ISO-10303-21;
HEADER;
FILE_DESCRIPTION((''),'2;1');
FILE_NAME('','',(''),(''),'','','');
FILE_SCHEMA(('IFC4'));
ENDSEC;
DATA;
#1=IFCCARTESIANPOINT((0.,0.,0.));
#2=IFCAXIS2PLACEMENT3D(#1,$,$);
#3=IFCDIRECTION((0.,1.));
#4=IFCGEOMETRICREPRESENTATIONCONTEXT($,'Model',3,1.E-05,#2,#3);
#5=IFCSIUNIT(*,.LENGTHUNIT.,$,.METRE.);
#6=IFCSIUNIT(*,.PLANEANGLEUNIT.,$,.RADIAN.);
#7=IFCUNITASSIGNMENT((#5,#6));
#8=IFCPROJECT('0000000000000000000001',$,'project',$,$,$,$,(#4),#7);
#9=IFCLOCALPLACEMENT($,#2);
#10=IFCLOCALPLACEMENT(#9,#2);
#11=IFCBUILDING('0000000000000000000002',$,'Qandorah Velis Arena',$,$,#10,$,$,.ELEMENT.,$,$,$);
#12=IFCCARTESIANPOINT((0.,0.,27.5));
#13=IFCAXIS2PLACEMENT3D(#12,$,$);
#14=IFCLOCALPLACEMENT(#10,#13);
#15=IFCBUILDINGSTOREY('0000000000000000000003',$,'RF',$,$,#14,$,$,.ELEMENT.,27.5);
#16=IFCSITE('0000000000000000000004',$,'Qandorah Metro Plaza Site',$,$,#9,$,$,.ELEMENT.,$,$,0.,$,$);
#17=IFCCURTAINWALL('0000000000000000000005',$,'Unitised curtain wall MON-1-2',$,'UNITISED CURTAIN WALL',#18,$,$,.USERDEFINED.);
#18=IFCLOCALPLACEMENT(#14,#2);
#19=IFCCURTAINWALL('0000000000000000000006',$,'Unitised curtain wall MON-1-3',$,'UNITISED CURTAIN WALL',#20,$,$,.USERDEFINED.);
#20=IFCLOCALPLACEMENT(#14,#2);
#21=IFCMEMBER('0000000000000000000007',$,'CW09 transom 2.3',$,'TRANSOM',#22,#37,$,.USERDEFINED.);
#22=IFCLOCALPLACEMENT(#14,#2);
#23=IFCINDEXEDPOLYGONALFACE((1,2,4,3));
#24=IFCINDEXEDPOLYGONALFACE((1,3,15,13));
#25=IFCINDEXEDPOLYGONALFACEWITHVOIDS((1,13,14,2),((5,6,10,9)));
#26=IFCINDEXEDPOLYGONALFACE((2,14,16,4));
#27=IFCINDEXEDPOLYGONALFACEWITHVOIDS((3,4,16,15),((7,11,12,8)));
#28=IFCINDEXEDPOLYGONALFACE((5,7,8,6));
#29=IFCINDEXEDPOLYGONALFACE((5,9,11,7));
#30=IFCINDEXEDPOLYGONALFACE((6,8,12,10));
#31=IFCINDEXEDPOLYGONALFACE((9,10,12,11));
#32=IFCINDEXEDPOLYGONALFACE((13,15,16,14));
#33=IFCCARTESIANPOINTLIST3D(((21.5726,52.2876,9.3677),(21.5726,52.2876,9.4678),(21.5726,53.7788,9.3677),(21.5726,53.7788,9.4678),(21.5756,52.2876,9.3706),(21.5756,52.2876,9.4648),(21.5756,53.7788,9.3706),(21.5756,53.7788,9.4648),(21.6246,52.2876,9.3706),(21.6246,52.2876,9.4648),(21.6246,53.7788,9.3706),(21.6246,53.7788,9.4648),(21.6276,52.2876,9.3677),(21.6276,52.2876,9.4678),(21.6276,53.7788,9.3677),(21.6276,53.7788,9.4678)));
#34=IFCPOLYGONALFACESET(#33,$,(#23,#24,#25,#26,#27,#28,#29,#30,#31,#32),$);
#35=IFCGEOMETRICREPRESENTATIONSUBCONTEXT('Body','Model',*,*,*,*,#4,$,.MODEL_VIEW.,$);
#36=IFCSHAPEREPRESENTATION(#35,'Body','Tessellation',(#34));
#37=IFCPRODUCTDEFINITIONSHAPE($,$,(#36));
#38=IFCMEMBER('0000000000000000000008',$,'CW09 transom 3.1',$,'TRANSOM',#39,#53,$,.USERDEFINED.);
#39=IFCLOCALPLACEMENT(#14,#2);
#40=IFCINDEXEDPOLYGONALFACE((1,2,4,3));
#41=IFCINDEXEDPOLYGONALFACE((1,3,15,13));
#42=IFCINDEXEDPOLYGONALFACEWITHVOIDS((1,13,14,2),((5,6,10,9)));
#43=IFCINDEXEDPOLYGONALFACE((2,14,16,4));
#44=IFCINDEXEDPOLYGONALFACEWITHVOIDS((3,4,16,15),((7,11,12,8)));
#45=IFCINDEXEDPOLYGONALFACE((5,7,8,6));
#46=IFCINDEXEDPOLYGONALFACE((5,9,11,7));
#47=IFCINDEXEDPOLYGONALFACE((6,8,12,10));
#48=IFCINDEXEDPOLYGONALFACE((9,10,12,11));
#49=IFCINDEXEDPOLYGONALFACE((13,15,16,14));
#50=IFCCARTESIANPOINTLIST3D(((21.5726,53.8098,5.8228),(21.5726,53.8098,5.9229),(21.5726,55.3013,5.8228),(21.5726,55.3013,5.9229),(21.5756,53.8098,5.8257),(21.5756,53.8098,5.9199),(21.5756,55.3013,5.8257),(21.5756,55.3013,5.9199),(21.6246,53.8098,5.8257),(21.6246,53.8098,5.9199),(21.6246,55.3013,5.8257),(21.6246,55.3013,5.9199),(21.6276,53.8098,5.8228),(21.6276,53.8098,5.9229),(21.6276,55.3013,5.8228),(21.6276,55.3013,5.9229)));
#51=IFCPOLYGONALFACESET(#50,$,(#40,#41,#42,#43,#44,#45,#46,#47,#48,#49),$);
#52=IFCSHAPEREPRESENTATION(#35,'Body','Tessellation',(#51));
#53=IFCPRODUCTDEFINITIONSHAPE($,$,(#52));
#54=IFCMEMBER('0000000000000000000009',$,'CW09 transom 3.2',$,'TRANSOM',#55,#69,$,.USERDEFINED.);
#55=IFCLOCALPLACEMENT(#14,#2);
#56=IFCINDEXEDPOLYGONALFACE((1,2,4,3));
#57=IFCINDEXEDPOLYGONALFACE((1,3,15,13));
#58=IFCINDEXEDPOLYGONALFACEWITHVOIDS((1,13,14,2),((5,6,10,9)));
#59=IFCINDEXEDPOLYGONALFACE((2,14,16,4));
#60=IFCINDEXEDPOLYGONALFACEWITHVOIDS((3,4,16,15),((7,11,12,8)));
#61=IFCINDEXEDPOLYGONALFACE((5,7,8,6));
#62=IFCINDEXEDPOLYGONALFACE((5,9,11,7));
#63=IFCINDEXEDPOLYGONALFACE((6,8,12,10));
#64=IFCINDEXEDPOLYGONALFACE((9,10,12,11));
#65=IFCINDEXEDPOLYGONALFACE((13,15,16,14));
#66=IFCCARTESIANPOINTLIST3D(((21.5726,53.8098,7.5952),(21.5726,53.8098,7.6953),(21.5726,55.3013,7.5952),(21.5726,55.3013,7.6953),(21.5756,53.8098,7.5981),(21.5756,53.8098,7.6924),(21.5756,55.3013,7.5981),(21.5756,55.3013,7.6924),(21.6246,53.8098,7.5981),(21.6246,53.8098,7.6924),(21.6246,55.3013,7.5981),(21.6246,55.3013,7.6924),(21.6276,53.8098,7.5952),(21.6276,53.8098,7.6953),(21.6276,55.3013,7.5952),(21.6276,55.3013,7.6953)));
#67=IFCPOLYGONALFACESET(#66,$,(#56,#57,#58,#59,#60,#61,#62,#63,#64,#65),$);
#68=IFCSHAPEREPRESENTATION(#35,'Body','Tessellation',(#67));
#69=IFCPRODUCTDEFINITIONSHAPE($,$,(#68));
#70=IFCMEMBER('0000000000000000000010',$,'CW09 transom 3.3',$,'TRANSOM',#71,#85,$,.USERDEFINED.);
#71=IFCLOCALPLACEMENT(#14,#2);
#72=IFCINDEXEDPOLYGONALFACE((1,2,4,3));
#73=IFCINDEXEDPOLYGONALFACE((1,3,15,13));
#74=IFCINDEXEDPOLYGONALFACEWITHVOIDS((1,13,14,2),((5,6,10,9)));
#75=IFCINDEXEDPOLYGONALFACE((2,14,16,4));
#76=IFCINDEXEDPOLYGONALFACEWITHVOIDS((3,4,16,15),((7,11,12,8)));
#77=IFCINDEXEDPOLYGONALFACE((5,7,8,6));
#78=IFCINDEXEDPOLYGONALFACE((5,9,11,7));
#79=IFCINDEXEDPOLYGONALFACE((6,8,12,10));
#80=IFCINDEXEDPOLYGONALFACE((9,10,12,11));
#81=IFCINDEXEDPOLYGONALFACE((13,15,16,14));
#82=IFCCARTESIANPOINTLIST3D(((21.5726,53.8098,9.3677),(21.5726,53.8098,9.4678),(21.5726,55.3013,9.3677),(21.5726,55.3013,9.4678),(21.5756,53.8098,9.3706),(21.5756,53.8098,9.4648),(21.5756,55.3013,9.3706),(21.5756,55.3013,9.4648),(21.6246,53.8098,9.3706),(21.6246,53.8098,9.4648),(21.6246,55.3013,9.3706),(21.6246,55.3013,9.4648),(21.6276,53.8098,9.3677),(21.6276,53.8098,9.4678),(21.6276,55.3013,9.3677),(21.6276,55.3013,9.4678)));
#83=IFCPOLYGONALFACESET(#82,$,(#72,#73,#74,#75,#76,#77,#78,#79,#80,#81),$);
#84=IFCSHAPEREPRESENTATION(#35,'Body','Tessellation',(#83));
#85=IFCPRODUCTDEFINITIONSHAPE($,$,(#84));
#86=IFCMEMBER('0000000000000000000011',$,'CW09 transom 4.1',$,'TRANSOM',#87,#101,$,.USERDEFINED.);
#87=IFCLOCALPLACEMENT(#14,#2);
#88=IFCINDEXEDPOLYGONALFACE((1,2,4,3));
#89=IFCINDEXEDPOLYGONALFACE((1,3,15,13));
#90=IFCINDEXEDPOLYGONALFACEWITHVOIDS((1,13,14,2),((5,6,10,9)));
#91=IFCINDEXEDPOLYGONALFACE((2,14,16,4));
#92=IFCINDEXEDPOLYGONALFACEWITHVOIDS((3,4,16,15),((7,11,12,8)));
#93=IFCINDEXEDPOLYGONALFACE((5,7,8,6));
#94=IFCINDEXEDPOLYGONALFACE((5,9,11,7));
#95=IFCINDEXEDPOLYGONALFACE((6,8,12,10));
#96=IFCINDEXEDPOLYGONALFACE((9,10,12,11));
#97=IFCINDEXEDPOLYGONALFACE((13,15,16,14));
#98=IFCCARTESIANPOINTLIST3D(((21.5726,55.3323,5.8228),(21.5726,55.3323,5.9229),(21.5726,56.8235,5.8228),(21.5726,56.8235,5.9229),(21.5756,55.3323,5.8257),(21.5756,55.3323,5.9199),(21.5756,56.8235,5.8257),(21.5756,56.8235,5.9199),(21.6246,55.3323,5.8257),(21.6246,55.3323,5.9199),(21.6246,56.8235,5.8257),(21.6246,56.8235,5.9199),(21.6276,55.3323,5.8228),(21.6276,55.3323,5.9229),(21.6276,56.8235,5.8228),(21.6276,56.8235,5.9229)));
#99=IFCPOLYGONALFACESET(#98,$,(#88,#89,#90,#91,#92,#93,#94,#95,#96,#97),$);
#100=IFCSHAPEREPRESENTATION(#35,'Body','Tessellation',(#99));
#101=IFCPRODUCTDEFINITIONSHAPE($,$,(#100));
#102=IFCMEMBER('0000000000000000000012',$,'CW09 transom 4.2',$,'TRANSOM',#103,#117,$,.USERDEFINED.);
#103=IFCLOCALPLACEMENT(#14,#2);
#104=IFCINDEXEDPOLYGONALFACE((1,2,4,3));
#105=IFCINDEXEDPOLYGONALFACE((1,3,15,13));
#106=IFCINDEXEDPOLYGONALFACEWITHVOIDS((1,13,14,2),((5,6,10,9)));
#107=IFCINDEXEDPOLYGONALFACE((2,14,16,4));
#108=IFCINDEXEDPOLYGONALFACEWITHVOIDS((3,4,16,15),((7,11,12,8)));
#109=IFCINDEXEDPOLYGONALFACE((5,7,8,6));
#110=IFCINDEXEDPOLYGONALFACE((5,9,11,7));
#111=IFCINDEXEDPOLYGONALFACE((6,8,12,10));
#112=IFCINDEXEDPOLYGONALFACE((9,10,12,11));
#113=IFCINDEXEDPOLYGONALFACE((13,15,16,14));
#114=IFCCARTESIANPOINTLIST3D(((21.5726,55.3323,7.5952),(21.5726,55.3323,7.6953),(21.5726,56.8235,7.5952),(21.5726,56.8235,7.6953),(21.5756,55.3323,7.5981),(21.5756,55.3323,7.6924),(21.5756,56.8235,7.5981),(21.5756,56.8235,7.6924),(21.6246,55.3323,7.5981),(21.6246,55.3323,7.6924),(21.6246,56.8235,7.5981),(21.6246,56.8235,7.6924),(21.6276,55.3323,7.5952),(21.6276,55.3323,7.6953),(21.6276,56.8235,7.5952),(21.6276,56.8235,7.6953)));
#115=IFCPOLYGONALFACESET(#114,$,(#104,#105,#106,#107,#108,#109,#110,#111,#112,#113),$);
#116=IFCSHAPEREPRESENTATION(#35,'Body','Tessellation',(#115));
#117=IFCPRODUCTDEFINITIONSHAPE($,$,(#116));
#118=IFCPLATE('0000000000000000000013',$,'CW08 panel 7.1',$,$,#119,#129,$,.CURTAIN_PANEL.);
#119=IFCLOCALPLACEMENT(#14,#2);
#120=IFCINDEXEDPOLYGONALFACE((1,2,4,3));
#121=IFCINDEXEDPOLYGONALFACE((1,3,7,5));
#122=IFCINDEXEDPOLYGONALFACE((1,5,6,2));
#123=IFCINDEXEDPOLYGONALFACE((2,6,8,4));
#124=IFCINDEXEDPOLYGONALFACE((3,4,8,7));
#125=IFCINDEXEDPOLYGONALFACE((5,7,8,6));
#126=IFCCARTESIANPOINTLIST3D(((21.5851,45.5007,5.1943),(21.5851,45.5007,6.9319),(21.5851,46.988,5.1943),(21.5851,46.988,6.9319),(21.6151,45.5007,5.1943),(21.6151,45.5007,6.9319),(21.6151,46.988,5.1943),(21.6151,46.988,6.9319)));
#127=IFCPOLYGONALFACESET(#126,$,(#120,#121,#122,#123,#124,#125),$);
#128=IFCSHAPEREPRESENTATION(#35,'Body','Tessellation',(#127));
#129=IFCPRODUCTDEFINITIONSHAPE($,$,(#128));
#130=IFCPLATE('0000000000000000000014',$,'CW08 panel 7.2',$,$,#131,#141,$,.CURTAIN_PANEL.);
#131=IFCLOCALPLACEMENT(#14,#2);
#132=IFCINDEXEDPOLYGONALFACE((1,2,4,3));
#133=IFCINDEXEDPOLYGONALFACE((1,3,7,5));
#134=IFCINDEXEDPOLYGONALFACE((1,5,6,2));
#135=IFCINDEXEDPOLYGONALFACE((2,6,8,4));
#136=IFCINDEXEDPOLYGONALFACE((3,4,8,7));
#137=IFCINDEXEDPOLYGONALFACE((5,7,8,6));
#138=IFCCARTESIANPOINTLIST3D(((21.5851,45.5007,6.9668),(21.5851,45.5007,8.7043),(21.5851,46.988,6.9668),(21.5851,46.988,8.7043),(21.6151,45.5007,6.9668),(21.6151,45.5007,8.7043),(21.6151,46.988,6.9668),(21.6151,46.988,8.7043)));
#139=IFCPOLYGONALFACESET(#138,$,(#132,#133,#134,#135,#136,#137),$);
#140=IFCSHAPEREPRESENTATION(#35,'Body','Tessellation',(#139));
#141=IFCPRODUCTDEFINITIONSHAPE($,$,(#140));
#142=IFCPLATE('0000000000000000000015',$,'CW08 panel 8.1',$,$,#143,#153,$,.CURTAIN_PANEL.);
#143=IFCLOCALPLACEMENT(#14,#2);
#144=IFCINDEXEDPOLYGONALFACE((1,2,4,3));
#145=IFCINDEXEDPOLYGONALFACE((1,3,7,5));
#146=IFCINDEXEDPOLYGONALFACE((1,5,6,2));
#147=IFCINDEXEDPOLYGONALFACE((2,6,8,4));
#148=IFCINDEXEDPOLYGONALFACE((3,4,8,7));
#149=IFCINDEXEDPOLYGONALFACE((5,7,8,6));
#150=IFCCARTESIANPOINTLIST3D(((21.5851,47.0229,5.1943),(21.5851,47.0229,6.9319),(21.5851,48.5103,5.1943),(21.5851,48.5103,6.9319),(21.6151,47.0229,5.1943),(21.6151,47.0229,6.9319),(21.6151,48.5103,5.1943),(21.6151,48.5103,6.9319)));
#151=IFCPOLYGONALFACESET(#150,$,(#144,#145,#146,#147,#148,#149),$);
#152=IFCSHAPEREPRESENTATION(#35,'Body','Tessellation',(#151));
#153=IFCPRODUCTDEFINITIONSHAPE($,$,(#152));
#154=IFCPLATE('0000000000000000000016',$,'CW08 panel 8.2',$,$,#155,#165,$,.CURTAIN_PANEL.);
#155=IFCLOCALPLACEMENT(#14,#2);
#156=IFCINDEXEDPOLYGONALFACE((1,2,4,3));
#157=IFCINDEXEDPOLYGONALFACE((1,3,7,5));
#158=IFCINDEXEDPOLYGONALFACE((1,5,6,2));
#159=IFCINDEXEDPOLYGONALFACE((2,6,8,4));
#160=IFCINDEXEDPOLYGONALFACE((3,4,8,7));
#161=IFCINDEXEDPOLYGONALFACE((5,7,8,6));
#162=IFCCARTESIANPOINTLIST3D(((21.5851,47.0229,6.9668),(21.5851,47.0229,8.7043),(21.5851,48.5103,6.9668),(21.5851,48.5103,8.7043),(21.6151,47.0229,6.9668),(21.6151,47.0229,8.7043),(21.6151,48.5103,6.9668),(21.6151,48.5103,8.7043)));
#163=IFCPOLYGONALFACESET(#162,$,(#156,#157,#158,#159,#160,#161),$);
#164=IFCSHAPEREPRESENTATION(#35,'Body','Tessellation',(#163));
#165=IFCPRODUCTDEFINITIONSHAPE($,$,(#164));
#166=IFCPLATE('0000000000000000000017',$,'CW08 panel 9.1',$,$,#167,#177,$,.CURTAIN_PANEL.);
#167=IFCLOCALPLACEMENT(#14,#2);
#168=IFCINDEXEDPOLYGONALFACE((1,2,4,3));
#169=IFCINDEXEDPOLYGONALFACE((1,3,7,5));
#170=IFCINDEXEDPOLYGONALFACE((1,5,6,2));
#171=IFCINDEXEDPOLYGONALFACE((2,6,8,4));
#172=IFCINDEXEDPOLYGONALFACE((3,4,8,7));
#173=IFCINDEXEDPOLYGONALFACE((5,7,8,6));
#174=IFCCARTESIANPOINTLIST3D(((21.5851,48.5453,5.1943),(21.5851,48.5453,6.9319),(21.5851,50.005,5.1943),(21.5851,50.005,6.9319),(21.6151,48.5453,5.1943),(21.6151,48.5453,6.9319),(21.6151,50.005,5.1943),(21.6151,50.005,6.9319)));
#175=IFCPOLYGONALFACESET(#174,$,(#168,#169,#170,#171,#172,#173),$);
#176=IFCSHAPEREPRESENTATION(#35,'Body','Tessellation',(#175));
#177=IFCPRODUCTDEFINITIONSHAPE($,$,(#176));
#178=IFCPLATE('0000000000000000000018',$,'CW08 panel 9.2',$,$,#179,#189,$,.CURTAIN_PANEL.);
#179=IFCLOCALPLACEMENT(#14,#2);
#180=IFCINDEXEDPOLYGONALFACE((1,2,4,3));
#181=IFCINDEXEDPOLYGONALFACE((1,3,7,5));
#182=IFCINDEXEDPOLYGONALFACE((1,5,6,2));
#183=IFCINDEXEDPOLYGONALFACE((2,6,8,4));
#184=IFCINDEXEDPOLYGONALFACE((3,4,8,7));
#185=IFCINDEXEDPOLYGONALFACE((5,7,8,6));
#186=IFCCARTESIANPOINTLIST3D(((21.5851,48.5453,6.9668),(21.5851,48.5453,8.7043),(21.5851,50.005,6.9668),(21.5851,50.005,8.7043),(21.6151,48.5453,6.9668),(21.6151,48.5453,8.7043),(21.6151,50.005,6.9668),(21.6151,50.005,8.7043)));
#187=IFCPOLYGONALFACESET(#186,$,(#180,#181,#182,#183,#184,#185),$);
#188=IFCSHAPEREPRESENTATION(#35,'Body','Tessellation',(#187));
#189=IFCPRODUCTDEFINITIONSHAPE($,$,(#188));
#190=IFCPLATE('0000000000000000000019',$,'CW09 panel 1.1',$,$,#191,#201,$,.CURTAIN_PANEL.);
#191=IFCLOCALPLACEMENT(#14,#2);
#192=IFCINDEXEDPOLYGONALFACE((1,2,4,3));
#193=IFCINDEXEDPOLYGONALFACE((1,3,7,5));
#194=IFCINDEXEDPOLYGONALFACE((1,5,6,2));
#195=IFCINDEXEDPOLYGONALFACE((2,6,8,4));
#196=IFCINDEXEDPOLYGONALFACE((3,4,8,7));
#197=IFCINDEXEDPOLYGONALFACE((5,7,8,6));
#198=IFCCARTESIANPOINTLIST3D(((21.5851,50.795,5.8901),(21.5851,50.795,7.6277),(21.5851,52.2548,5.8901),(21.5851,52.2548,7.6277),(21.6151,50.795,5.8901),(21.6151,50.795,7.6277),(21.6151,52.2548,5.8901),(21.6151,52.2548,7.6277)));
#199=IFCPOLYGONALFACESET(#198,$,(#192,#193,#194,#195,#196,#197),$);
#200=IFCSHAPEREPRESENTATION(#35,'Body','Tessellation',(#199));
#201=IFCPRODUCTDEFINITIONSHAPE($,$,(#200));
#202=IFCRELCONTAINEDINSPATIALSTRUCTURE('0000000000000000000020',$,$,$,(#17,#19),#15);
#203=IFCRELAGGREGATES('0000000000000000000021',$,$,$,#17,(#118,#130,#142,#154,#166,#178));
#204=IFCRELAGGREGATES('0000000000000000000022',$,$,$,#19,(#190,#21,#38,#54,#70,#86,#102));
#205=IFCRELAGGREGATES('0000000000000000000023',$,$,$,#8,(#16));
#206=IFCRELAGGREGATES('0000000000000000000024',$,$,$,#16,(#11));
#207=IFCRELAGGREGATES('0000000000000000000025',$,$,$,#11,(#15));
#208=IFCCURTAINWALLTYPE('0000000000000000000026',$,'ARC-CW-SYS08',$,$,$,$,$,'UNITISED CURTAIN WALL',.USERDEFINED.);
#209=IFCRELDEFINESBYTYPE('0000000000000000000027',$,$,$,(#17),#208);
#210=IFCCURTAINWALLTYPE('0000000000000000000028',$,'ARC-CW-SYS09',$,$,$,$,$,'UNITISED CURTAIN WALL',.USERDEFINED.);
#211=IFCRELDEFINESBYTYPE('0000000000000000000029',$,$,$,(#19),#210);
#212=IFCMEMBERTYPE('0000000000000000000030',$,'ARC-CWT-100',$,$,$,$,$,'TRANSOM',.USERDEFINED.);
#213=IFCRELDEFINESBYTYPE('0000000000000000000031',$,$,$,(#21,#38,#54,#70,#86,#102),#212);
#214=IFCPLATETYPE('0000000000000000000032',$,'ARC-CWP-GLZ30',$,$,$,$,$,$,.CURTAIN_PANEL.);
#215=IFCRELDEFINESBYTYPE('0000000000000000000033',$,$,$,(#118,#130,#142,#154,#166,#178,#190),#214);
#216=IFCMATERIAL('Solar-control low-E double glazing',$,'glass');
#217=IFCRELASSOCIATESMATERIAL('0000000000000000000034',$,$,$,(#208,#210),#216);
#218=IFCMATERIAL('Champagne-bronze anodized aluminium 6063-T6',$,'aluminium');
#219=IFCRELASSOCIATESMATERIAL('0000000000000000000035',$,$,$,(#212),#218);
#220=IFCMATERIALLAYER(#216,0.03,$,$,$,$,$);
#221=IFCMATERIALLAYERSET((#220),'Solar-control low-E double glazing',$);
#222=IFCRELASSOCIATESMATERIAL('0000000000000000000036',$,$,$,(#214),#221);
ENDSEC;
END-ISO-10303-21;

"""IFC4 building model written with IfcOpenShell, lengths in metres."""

from ifc_helpers import new_model, si_unit, direction, frame, origin, origin_2d, place, context, subcontext, project, spatial, rectangle, hollow_rectangle, extrude, material, layer, layer_set, material_profile, profile_set, type_object, element, aggregate, save


model = new_model("IFC4")

# Units and contexts
model_context = context("Model", 3, precision=1e-05, world=origin(), true_north=direction((0.0, 1.0)))
body_context = subcontext(model_context, "Body", "Model", "MODEL_VIEW")
ifc_project = project(units=[si_unit("LENGTHUNIT", "METRE"), si_unit("PLANEANGLEUNIT", "RADIAN")], contexts=[model_context])

# Site, building, storey
site_placement = place(None, origin())
site = spatial("IfcSite", under=ifc_project, at=site_placement, Name="Qandorah Metro Plaza Site", CompositionType="ELEMENT", RefElevation=0.0)
building_placement = place(site_placement, origin())
building = spatial("IfcBuilding", under=site, at=building_placement, Name="Qandorah Velis Arena", CompositionType="ELEMENT")
storey_placement = place(building_placement, frame((0.0, 0.0, 27.5)))
storey = spatial("IfcBuildingStorey", under=building, at=storey_placement, Name="RF", CompositionType="ELEMENT", Elevation=27.5)

# Curtain walls
ifc_material_1 = material(Name="Solar-control low-E double glazing", Category="glass")
curtain_wall_type_1 = type_object("IfcCurtainWallType", Name="ARC-CW-SYS08", ElementType="UNITISED CURTAIN WALL", PredefinedType="USERDEFINED", material=ifc_material_1)
curtain_wall_1_placement = place(storey_placement, origin())
curtain_wall_1 = element("IfcCurtainWall", 1, at=curtain_wall_1_placement, inside=storey, type_object=curtain_wall_type_1, Name="Unitised curtain wall MON-1-2", ObjectType="UNITISED CURTAIN WALL", PredefinedType="USERDEFINED")
ifc_material_2 = material(Name="Champagne-bronze anodized aluminium 6063-T6", Category="aluminium")
curtain_wall_type_2 = type_object("IfcCurtainWallType", Name="ARC-CW-SYS09", ElementType="UNITISED CURTAIN WALL", PredefinedType="USERDEFINED", material=ifc_material_1)
curtain_wall_2_placement = place(storey_placement, origin())
curtain_wall_2 = element("IfcCurtainWall", 2, at=curtain_wall_2_placement, inside=storey, type_object=curtain_wall_type_2, Name="Unitised curtain wall MON-1-3", ObjectType="UNITISED CURTAIN WALL", PredefinedType="USERDEFINED")

# Members
ifc_material_profile_1 = material_profile(ifc_material_2, hollow_rectangle(XDim=0.0549, YDim=0.1001, WallThickness=0.0029, at=origin_2d()), Name="ALU TRANSOM 55x100")
ifc_profile_set_1 = profile_set([ifc_material_profile_1], Name="Champagne-bronze anodized aluminium 6063-T6")
member_type_1 = type_object("IfcMemberType", Name="ARC-CWT-100", ElementType="TRANSOM", PredefinedType="USERDEFINED", material=ifc_profile_set_1)
member_1_placement = place(storey_placement, frame((21.6001, 52.2876, 9.4177), z_axis=(0.0, 1.0, 0.0), x_axis=(-1.0, 0.0, 0.0)))
member_1 = element("IfcMember", 3, at=member_1_placement, type_object=member_type_1, Name="CW09 transom 2.3", ObjectType="TRANSOM", PredefinedType="USERDEFINED", context=body_context, shape_type="SweptSolid", body=[
    extrude(hollow_rectangle(XDim=0.0549, YDim=0.1001, WallThickness=0.0029, at=origin_2d()), origin(), (0.0, 0.0, 1.0), 1.4912),
])
member_2_placement = place(storey_placement, frame((21.6001, 53.8098, 5.8728), z_axis=(0.0, 1.0, 0.0), x_axis=(-1.0, 0.0, 0.0)))
member_2 = element("IfcMember", 4, at=member_2_placement, type_object=member_type_1, Name="CW09 transom 3.1", ObjectType="TRANSOM", PredefinedType="USERDEFINED", context=body_context, shape_type="SweptSolid", body=[
    extrude(hollow_rectangle(XDim=0.0549, YDim=0.1001, WallThickness=0.0029, at=origin_2d()), origin(), (0.0, 0.0, 1.0), 1.4915),
])
member_3_placement = place(storey_placement, frame((21.6001, 53.8098, 7.6453), z_axis=(0.0, 1.0, 0.0), x_axis=(-1.0, 0.0, 0.0)))
member_3 = element("IfcMember", 5, at=member_3_placement, type_object=member_type_1, Name="CW09 transom 3.2", ObjectType="TRANSOM", PredefinedType="USERDEFINED", context=body_context, shape_type="SweptSolid", body=[
    extrude(hollow_rectangle(XDim=0.0549, YDim=0.1001, WallThickness=0.0029, at=origin_2d()), origin(), (0.0, 0.0, 1.0), 1.4915),
])
member_4_placement = place(storey_placement, frame((21.6001, 53.8098, 9.4177), z_axis=(0.0, 1.0, 0.0), x_axis=(-1.0, 0.0, 0.0)))
member_4 = element("IfcMember", 6, at=member_4_placement, type_object=member_type_1, Name="CW09 transom 3.3", ObjectType="TRANSOM", PredefinedType="USERDEFINED", context=body_context, shape_type="SweptSolid", body=[
    extrude(hollow_rectangle(XDim=0.0549, YDim=0.1001, WallThickness=0.0029, at=origin_2d()), origin(), (0.0, 0.0, 1.0), 1.4915),
])
member_5_placement = place(storey_placement, frame((21.6001, 55.3323, 5.8728), z_axis=(0.0, 1.0, 0.0), x_axis=(-1.0, 0.0, 0.0)))
member_5 = element("IfcMember", 7, at=member_5_placement, type_object=member_type_1, Name="CW09 transom 4.1", ObjectType="TRANSOM", PredefinedType="USERDEFINED", context=body_context, shape_type="SweptSolid", body=[
    extrude(hollow_rectangle(XDim=0.0549, YDim=0.1001, WallThickness=0.0029, at=origin_2d()), origin(), (0.0, 0.0, 1.0), 1.4912),
])
member_6_placement = place(storey_placement, frame((21.6001, 55.3323, 7.6453), z_axis=(0.0, 1.0, 0.0), x_axis=(-1.0, 0.0, 0.0)))
member_6 = element("IfcMember", 8, at=member_6_placement, type_object=member_type_1, Name="CW09 transom 4.2", ObjectType="TRANSOM", PredefinedType="USERDEFINED", context=body_context, shape_type="SweptSolid", body=[
    extrude(hollow_rectangle(XDim=0.0549, YDim=0.1001, WallThickness=0.0029, at=origin_2d()), origin(), (0.0, 0.0, 1.0), 1.4912),
])

# Plates
ifc_layer = layer(ifc_material_1, 0.03)
ifc_layer_set = layer_set([ifc_layer], Name="Solar-control low-E double glazing")
plate_type = type_object("IfcPlateType", Name="ARC-CWP-GLZ30", PredefinedType="CURTAIN_PANEL", material=ifc_layer_set)
plate_1_placement = place(storey_placement, frame((21.6001, 46.2444, 5.1943), z_axis=(0.0, 0.0, 1.0), x_axis=(0.0, 1.0, 0.0)))
plate_1 = element("IfcPlate", 9, at=plate_1_placement, type_object=plate_type, Name="CW08 panel 7.1", PredefinedType="CURTAIN_PANEL", context=body_context, shape_type="SweptSolid", body=[
    extrude(rectangle(XDim=1.4873, YDim=0.03, at=origin_2d()), origin(), (0.0, 0.0, 1.0), 1.7375),
])
plate_2_placement = place(storey_placement, frame((21.6001, 46.2444, 6.9668), z_axis=(0.0, 0.0, 1.0), x_axis=(0.0, 1.0, 0.0)))
plate_2 = element("IfcPlate", 10, at=plate_2_placement, type_object=plate_type, Name="CW08 panel 7.2", PredefinedType="CURTAIN_PANEL", context=body_context, shape_type="SweptSolid", body=[
    extrude(rectangle(XDim=1.4873, YDim=0.03, at=origin_2d()), origin(), (0.0, 0.0, 1.0), 1.7375),
])
plate_3_placement = place(storey_placement, frame((21.6001, 47.7666, 5.1943), z_axis=(0.0, 0.0, 1.0), x_axis=(0.0, 1.0, 0.0)))
plate_3 = element("IfcPlate", 11, at=plate_3_placement, type_object=plate_type, Name="CW08 panel 8.1", PredefinedType="CURTAIN_PANEL", context=body_context, shape_type="SweptSolid", body=[
    extrude(rectangle(XDim=1.4873, YDim=0.03, at=origin_2d()), origin(), (0.0, 0.0, 1.0), 1.7375),
])
plate_4_placement = place(storey_placement, frame((21.6001, 47.7666, 6.9668), z_axis=(0.0, 0.0, 1.0), x_axis=(0.0, 1.0, 0.0)))
plate_4 = element("IfcPlate", 12, at=plate_4_placement, type_object=plate_type, Name="CW08 panel 8.2", PredefinedType="CURTAIN_PANEL", context=body_context, shape_type="SweptSolid", body=[
    extrude(rectangle(XDim=1.4873, YDim=0.03, at=origin_2d()), origin(), (0.0, 0.0, 1.0), 1.7375),
])
plate_5_placement = place(storey_placement, frame((21.6001, 49.2751, 5.1943), z_axis=(0.0, 0.0, 1.0), x_axis=(0.0, 1.0, 0.0)))
plate_5 = element("IfcPlate", 13, at=plate_5_placement, type_object=plate_type, Name="CW08 panel 9.1", PredefinedType="CURTAIN_PANEL", context=body_context, shape_type="SweptSolid", body=[
    extrude(rectangle(XDim=1.4597, YDim=0.03, at=origin_2d()), origin(), (0.0, 0.0, 1.0), 1.7375),
])
plate_6_placement = place(storey_placement, frame((21.6001, 49.2751, 6.9668), z_axis=(0.0, 0.0, 1.0), x_axis=(0.0, 1.0, 0.0)))
plate_6 = element("IfcPlate", 14, at=plate_6_placement, type_object=plate_type, Name="CW08 panel 9.2", PredefinedType="CURTAIN_PANEL", context=body_context, shape_type="SweptSolid", body=[
    extrude(rectangle(XDim=1.4597, YDim=0.03, at=origin_2d()), origin(), (0.0, 0.0, 1.0), 1.7375),
])
aggregate(curtain_wall_1, [plate_1, plate_2, plate_3, plate_4, plate_5, plate_6])
plate_7_placement = place(storey_placement, frame((21.6001, 51.5249, 5.8901), z_axis=(0.0, 0.0, 1.0), x_axis=(0.0, 1.0, 0.0)))
plate_7 = element("IfcPlate", 15, at=plate_7_placement, type_object=plate_type, Name="CW09 panel 1.1", PredefinedType="CURTAIN_PANEL", context=body_context, shape_type="SweptSolid", body=[
    extrude(rectangle(XDim=1.4597, YDim=0.03, at=origin_2d()), origin(), (0.0, 0.0, 1.0), 1.7375),
])
aggregate(curtain_wall_2, [plate_7, member_1, member_2, member_3, member_4, member_5, member_6])

save(model, "model.ifc")
